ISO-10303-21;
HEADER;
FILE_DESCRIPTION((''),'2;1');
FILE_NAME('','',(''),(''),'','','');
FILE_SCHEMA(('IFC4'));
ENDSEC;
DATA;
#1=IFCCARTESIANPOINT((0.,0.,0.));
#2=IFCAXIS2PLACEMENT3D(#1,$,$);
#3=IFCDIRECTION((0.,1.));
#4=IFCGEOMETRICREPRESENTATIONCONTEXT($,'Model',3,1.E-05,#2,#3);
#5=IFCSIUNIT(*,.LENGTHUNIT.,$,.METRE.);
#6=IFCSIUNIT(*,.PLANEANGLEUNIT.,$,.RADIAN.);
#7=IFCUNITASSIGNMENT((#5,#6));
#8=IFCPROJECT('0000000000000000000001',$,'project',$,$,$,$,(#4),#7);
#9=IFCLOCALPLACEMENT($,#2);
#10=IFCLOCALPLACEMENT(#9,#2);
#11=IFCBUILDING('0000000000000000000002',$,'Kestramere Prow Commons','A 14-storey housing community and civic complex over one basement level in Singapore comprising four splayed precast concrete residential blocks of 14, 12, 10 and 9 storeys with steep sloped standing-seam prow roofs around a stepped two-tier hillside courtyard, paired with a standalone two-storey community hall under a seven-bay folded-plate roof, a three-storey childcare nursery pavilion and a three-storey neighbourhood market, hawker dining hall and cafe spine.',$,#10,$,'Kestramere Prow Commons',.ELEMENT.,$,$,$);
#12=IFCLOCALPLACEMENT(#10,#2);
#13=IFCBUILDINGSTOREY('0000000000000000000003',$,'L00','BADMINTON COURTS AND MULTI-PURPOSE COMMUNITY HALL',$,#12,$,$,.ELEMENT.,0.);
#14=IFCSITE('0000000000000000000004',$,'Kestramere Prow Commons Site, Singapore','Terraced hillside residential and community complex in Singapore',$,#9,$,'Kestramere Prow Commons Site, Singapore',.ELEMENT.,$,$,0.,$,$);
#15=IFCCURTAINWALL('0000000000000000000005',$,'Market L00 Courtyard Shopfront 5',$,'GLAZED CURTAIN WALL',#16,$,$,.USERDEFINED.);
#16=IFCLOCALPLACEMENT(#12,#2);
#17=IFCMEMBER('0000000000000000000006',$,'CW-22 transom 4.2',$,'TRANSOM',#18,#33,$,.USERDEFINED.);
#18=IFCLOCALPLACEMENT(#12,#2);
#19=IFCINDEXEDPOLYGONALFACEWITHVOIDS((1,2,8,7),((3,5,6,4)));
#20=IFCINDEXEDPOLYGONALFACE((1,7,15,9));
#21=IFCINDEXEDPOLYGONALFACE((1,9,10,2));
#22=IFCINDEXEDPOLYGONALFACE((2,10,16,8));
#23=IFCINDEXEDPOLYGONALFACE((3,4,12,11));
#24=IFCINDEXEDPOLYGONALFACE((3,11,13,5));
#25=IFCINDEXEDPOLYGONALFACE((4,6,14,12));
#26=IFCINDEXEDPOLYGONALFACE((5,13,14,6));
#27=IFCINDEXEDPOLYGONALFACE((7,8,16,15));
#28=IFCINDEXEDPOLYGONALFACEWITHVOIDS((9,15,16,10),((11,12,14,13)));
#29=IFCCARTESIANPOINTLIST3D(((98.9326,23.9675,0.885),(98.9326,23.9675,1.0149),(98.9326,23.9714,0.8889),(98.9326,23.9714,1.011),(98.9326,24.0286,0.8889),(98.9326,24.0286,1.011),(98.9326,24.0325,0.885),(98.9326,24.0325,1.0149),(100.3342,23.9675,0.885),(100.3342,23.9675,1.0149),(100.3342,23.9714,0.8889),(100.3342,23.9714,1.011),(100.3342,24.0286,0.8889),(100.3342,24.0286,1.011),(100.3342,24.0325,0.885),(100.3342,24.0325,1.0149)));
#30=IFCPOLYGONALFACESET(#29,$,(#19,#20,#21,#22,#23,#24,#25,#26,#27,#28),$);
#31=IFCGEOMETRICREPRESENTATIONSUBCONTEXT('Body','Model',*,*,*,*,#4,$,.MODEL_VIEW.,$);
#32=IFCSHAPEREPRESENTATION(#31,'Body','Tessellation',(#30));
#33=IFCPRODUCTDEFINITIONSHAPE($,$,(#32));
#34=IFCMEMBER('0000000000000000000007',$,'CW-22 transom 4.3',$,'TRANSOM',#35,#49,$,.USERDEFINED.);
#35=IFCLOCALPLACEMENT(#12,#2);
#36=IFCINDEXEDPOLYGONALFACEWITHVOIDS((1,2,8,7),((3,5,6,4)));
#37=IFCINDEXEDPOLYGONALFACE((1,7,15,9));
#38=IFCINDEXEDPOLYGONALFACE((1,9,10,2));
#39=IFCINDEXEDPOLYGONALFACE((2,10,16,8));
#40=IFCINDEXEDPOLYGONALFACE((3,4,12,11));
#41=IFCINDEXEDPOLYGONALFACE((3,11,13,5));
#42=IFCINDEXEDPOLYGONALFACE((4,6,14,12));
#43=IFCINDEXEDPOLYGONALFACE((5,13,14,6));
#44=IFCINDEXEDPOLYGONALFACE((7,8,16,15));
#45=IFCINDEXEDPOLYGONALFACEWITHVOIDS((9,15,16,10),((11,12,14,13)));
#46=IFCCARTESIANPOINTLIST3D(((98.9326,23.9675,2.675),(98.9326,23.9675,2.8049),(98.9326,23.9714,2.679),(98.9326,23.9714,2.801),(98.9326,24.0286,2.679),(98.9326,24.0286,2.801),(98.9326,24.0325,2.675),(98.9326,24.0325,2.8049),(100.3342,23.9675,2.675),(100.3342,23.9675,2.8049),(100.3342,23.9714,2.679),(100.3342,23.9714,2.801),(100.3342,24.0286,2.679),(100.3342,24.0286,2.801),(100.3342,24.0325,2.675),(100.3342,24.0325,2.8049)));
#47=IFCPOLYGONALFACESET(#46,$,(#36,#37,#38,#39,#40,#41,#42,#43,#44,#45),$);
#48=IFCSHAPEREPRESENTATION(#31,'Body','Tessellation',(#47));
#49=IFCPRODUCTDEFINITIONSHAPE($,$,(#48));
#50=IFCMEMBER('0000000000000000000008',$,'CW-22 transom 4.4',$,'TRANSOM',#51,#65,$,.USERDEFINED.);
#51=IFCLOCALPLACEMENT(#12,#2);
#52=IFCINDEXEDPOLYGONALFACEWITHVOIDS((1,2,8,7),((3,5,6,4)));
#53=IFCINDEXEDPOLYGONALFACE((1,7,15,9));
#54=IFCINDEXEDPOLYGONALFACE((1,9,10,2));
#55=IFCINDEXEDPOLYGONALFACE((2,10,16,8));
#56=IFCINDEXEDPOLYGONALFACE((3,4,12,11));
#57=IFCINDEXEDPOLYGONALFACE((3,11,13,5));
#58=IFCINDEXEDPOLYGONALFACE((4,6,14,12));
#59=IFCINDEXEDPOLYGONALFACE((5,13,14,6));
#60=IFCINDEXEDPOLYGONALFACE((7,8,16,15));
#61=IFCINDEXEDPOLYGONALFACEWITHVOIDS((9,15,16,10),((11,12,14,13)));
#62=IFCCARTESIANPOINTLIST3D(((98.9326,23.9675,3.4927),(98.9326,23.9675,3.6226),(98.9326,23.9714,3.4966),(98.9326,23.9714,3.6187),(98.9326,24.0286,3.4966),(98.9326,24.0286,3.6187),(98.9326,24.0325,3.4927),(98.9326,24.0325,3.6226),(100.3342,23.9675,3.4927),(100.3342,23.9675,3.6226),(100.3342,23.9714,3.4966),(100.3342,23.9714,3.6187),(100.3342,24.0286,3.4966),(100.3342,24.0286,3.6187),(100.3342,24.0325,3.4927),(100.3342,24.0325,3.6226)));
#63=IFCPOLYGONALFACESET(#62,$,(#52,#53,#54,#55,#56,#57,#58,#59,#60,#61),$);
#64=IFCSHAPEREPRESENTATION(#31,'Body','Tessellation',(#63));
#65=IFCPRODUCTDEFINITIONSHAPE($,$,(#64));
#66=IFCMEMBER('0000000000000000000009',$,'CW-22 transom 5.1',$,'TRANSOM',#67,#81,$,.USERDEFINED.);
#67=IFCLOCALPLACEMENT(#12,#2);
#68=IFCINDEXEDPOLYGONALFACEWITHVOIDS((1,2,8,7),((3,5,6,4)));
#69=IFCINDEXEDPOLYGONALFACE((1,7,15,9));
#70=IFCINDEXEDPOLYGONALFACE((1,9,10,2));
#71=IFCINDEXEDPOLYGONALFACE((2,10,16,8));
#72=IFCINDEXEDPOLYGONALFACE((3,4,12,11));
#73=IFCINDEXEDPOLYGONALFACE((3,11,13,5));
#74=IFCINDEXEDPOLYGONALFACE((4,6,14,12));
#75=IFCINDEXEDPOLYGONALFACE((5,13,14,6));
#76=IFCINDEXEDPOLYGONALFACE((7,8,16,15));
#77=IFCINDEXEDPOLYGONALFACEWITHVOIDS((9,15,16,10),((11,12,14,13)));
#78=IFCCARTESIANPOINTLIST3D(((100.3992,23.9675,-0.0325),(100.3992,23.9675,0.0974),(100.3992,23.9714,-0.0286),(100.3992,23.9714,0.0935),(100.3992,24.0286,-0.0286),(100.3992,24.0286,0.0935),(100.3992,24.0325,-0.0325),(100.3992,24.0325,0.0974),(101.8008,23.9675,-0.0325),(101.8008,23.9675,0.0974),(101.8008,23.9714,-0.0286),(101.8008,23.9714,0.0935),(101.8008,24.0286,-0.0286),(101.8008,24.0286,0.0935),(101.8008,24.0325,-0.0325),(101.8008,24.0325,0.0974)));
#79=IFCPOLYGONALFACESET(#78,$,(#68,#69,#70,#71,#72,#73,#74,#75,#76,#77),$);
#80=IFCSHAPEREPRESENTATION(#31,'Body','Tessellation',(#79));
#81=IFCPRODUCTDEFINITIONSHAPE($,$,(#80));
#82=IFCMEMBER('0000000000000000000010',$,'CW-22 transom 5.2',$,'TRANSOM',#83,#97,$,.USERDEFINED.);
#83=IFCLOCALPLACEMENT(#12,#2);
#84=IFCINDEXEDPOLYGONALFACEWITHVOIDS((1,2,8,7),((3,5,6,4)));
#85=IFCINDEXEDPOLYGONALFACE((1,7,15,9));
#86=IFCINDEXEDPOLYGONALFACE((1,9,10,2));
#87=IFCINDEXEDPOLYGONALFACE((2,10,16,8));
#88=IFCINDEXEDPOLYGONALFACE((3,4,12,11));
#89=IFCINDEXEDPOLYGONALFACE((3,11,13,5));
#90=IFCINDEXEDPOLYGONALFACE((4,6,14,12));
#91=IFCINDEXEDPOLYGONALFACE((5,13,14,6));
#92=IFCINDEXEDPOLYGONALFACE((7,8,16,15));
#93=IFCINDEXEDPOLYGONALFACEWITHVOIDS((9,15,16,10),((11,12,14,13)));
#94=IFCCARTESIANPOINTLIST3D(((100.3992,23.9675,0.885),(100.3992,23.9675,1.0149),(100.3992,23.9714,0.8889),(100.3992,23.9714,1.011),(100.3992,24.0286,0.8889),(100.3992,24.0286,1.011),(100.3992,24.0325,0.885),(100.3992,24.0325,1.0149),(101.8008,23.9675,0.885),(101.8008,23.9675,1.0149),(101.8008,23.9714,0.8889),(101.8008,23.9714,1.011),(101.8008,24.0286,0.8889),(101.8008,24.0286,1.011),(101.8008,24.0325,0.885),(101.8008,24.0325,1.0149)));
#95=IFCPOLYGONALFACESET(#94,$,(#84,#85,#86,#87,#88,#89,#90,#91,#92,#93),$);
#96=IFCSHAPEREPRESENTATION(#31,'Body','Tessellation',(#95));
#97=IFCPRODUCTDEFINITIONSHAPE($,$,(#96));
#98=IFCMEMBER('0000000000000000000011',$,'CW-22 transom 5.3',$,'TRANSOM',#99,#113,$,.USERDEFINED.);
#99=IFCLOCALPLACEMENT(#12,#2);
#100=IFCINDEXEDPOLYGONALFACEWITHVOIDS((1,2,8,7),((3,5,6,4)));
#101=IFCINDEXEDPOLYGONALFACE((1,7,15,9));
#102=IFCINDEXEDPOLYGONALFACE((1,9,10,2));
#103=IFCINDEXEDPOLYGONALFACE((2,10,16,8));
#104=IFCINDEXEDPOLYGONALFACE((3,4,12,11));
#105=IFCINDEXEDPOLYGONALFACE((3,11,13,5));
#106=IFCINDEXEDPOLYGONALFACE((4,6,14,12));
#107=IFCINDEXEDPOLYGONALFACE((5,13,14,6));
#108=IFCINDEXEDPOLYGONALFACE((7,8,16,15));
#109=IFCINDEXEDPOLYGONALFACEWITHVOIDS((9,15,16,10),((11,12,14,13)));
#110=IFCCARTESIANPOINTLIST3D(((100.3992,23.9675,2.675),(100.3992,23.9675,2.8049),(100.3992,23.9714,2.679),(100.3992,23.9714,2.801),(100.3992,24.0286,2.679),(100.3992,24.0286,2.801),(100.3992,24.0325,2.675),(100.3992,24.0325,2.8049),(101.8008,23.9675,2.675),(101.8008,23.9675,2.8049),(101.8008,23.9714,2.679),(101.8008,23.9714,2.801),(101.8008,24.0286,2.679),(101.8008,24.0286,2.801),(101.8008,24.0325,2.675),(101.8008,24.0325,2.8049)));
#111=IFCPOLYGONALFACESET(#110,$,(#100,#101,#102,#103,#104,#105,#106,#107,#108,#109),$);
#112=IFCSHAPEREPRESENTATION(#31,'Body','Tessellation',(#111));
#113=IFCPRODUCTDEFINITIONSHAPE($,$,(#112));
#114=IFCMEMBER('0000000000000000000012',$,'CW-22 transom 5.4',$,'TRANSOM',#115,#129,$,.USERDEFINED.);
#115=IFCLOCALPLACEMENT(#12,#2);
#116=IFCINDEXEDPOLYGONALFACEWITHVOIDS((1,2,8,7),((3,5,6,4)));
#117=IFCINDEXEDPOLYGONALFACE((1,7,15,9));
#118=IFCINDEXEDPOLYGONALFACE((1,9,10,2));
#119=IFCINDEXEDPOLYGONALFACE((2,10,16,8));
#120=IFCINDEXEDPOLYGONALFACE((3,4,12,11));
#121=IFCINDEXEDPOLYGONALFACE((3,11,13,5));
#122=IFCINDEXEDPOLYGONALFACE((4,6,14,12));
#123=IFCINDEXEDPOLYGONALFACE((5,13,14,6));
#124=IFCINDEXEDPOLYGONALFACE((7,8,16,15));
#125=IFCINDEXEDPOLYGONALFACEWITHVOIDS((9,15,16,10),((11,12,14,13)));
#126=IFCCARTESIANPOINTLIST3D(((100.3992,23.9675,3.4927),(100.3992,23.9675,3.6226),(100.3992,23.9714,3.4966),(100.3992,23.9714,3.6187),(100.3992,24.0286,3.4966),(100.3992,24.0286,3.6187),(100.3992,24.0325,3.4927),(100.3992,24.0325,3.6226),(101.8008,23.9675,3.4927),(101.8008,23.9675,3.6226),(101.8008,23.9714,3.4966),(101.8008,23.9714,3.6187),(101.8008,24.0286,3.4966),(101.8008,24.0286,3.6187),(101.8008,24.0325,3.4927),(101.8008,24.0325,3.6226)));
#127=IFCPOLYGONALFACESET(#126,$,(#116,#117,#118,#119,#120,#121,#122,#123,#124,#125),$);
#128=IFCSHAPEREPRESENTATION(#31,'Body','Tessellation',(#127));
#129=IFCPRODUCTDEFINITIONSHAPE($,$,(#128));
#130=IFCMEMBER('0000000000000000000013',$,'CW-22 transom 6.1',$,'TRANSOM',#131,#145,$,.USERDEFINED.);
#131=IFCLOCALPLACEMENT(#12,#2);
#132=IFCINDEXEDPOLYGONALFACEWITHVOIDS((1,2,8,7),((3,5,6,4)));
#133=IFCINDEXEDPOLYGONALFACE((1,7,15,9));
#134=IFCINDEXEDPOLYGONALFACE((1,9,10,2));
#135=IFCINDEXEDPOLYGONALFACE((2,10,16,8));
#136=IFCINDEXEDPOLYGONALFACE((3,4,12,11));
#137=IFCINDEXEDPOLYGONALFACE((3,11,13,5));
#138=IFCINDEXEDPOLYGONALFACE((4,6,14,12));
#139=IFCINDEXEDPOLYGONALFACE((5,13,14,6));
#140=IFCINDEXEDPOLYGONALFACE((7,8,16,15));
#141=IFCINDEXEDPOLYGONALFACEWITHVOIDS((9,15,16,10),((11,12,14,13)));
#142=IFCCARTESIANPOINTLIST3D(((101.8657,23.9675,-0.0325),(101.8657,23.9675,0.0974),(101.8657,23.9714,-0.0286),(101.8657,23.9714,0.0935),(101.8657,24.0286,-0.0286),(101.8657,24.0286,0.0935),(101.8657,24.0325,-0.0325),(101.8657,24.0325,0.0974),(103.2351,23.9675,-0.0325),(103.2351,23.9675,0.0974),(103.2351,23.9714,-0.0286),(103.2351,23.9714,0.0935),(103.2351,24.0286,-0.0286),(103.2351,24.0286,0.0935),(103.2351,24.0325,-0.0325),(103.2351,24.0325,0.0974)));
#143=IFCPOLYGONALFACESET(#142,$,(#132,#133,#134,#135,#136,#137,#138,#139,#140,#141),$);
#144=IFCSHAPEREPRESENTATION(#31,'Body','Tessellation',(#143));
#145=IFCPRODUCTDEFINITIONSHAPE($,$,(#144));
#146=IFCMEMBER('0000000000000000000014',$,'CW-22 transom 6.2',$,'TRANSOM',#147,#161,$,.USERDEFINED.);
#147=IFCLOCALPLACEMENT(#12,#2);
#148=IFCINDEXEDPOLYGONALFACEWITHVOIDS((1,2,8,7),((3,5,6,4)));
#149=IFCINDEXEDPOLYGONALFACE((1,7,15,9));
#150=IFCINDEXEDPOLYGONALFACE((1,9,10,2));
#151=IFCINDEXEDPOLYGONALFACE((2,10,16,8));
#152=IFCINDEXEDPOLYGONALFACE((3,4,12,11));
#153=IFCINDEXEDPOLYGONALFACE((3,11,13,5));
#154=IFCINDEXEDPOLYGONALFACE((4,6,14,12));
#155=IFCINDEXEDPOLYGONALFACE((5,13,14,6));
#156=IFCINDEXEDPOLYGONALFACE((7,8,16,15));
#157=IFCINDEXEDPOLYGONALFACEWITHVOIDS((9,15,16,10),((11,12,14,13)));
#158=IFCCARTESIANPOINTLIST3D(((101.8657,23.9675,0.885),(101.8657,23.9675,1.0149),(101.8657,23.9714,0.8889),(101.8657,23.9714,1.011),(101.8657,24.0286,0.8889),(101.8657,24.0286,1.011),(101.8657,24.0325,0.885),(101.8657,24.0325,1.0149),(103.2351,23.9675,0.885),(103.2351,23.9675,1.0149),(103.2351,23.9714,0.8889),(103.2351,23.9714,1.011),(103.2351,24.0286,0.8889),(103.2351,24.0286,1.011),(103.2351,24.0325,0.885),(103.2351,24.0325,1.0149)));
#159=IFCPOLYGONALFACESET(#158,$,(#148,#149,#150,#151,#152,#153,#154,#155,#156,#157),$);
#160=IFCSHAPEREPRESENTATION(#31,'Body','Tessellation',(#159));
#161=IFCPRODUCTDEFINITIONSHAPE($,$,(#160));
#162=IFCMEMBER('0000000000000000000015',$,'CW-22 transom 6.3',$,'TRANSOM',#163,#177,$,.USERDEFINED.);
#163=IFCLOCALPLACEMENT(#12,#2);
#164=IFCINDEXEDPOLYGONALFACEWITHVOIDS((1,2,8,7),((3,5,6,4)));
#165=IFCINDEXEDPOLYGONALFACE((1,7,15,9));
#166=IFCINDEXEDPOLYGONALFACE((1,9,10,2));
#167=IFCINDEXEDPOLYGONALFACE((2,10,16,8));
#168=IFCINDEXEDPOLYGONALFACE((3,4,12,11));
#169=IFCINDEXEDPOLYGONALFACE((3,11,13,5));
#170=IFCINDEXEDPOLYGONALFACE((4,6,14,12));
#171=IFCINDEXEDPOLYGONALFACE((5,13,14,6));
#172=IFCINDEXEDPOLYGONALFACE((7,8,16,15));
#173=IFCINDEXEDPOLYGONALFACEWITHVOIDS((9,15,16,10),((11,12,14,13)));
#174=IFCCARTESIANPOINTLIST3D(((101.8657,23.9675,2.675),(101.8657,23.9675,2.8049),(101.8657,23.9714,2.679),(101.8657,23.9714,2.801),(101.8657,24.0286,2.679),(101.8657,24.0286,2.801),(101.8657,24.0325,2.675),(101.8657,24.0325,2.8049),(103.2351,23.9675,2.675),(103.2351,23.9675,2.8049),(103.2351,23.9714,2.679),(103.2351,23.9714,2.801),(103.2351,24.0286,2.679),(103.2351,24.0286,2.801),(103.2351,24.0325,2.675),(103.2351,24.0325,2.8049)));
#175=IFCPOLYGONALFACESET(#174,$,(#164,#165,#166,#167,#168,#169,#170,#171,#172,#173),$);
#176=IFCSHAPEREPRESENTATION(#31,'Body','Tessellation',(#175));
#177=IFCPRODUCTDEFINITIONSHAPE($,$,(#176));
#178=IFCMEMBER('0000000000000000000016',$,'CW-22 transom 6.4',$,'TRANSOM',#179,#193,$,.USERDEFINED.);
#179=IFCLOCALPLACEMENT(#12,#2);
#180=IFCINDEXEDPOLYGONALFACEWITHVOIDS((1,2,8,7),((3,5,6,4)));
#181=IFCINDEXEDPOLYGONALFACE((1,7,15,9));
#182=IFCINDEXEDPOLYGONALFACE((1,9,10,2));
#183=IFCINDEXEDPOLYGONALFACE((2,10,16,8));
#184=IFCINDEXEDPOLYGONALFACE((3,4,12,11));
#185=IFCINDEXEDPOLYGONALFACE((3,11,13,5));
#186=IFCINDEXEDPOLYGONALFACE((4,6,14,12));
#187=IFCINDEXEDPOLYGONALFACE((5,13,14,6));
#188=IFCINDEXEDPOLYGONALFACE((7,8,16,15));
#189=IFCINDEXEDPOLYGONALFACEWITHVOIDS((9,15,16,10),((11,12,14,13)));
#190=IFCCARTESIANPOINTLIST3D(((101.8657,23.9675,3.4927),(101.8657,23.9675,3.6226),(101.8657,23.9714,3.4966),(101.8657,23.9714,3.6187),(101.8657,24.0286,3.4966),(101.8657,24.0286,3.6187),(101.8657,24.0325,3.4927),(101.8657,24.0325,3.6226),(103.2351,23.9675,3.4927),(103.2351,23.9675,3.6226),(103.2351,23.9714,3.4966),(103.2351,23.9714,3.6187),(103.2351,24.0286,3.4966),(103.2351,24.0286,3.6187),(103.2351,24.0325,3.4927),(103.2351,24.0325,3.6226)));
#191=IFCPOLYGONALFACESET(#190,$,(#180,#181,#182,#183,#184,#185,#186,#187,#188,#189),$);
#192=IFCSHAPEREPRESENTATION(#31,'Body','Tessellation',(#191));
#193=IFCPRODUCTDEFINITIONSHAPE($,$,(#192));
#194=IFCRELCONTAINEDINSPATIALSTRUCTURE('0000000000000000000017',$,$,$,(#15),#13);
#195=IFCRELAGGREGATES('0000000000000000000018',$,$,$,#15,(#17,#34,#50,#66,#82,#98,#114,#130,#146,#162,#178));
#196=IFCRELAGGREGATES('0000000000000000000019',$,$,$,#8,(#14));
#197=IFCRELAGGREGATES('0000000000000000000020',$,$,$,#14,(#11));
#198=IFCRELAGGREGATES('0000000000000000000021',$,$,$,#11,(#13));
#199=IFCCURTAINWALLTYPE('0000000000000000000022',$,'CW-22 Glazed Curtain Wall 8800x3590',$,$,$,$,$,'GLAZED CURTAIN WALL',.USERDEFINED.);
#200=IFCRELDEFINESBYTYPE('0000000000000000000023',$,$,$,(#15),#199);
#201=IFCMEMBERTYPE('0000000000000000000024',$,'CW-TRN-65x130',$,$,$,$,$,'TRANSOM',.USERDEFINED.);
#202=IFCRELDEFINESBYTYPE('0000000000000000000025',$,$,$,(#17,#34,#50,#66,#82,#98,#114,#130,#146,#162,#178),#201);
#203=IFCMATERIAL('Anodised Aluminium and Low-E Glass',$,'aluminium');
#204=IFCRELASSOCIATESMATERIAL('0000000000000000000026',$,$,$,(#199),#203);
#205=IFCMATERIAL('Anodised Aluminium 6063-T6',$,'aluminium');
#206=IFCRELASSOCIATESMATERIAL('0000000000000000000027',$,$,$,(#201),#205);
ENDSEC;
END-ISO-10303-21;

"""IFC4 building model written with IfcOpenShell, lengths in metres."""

from ifc_helpers import new_model, si_unit, direction, frame, origin, origin_2d, place, context, subcontext, project, spatial, hollow_rectangle, extrude, material, material_profile, profile_set, type_object, element, aggregate, save


model = new_model("IFC4")

# Units and contexts
model_context = context("Model", 3, precision=1e-05, world=origin(), true_north=direction((0.0, 1.0)))
body_context = subcontext(model_context, "Body", "Model", "MODEL_VIEW")
ifc_project = project(units=[si_unit("LENGTHUNIT", "METRE"), si_unit("PLANEANGLEUNIT", "RADIAN")], contexts=[model_context])

# Site, building, storey
site_placement = place(None, origin())
site = spatial("IfcSite", under=ifc_project, at=site_placement, Name="Kestramere Prow Commons Site, Singapore", Description="Terraced hillside residential and community complex in Singapore", LongName="Kestramere Prow Commons Site, Singapore", CompositionType="ELEMENT", RefElevation=0.0)
building_placement = place(site_placement, origin())
building = spatial("IfcBuilding", under=site, at=building_placement, Name="Kestramere Prow Commons", Description="A 14-storey housing community and civic complex over one basement level in Singapore comprising four splayed precast concrete residential blocks of 14, 12, 10 and 9 storeys with steep sloped standing-seam prow roofs around a stepped two-tier hillside courtyard, paired with a standalone two-storey community hall under a seven-bay folded-plate roof, a three-storey childcare nursery pavilion and a three-storey neighbourhood market, hawker dining hall and cafe spine.", LongName="Kestramere Prow Commons", CompositionType="ELEMENT")
storey_placement = place(building_placement, origin())
storey = spatial("IfcBuildingStorey", under=building, at=storey_placement, Name="L00", Description="BADMINTON COURTS AND MULTI-PURPOSE COMMUNITY HALL", CompositionType="ELEMENT", Elevation=0.0)

# Curtain wall, members
ifc_material_1 = material(Name="Anodised Aluminium and Low-E Glass", Category="aluminium")
curtain_wall_type = type_object("IfcCurtainWallType", Name="CW-22 Glazed Curtain Wall 8800x3590", ElementType="GLAZED CURTAIN WALL", PredefinedType="USERDEFINED", material=ifc_material_1)
curtain_wall_placement = place(storey_placement, origin())
curtain_wall = element("IfcCurtainWall", 1, at=curtain_wall_placement, inside=storey, type_object=curtain_wall_type, Name="Market L00 Courtyard Shopfront 5", ObjectType="GLAZED CURTAIN WALL", PredefinedType="USERDEFINED")
ifc_material_2 = material(Name="Anodised Aluminium 6063-T6", Category="aluminium")
ifc_material_profile_1 = material_profile(ifc_material_2, hollow_rectangle(XDim=0.0649, YDim=0.1299, WallThickness=0.0039, at=origin_2d()), Name="ALU-TRN 65x130")
ifc_profile_set_1 = profile_set([ifc_material_profile_1], Name="Anodised Aluminium 6063-T6")
member_type_1 = type_object("IfcMemberType", Name="CW-TRN-65x130", ElementType="TRANSOM", PredefinedType="USERDEFINED", material=ifc_profile_set_1)
member_1_placement = place(storey_placement, frame((98.9326, 24.0, 0.95), z_axis=(1.0, 0.0, 0.0), x_axis=(0.0, 1.0, 0.0)))
member_1 = element("IfcMember", 2, at=member_1_placement, type_object=member_type_1, Name="CW-22 transom 4.2", ObjectType="TRANSOM", PredefinedType="USERDEFINED", context=body_context, shape_type="SweptSolid", body=[
    extrude(hollow_rectangle(XDim=0.0649, YDim=0.1299, WallThickness=0.0039, at=origin_2d()), origin(), (0.0, 0.0, 1.0), 1.4016),
])
member_2_placement = place(storey_placement, frame((98.9326, 24.0, 2.74), z_axis=(1.0, 0.0, 0.0), x_axis=(0.0, 1.0, 0.0)))
member_2 = element("IfcMember", 3, at=member_2_placement, type_object=member_type_1, Name="CW-22 transom 4.3", ObjectType="TRANSOM", PredefinedType="USERDEFINED", context=body_context, shape_type="SweptSolid", body=[
    extrude(hollow_rectangle(XDim=0.0649, YDim=0.1299, WallThickness=0.0039, at=origin_2d()), origin(), (0.0, 0.0, 1.0), 1.4016),
])
member_3_placement = place(storey_placement, frame((98.9326, 24.0, 3.5576), z_axis=(1.0, 0.0, 0.0), x_axis=(0.0, 1.0, 0.0)))
member_3 = element("IfcMember", 4, at=member_3_placement, type_object=member_type_1, Name="CW-22 transom 4.4", ObjectType="TRANSOM", PredefinedType="USERDEFINED", context=body_context, shape_type="SweptSolid", body=[
    extrude(hollow_rectangle(XDim=0.0649, YDim=0.1299, WallThickness=0.0039, at=origin_2d()), origin(), (0.0, 0.0, 1.0), 1.4016),
])
member_4_placement = place(storey_placement, frame((100.3992, 24.0, 0.0325), z_axis=(1.0, 0.0, 0.0), x_axis=(0.0, 1.0, 0.0)))
member_4 = element("IfcMember", 5, at=member_4_placement, type_object=member_type_1, Name="CW-22 transom 5.1", ObjectType="TRANSOM", PredefinedType="USERDEFINED", context=body_context, shape_type="SweptSolid", body=[
    extrude(hollow_rectangle(XDim=0.0649, YDim=0.1299, WallThickness=0.0039, at=origin_2d()), origin(), (0.0, 0.0, 1.0), 1.4016),
])
member_5_placement = place(storey_placement, frame((100.3992, 24.0, 0.95), z_axis=(1.0, 0.0, 0.0), x_axis=(0.0, 1.0, 0.0)))
member_5 = element("IfcMember", 6, at=member_5_placement, type_object=member_type_1, Name="CW-22 transom 5.2", ObjectType="TRANSOM", PredefinedType="USERDEFINED", context=body_context, shape_type="SweptSolid", body=[
    extrude(hollow_rectangle(XDim=0.0649, YDim=0.1299, WallThickness=0.0039, at=origin_2d()), origin(), (0.0, 0.0, 1.0), 1.4016),
])
member_6_placement = place(storey_placement, frame((100.3992, 24.0, 2.74), z_axis=(1.0, 0.0, 0.0), x_axis=(0.0, 1.0, 0.0)))
member_6 = element("IfcMember", 7, at=member_6_placement, type_object=member_type_1, Name="CW-22 transom 5.3", ObjectType="TRANSOM", PredefinedType="USERDEFINED", context=body_context, shape_type="SweptSolid", body=[
    extrude(hollow_rectangle(XDim=0.0649, YDim=0.1299, WallThickness=0.0039, at=origin_2d()), origin(), (0.0, 0.0, 1.0), 1.4016),
])
member_7_placement = place(storey_placement, frame((100.3992, 24.0, 3.5576), z_axis=(1.0, 0.0, 0.0), x_axis=(0.0, 1.0, 0.0)))
member_7 = element("IfcMember", 8, at=member_7_placement, type_object=member_type_1, Name="CW-22 transom 5.4", ObjectType="TRANSOM", PredefinedType="USERDEFINED", context=body_context, shape_type="SweptSolid", body=[
    extrude(hollow_rectangle(XDim=0.0649, YDim=0.1299, WallThickness=0.0039, at=origin_2d()), origin(), (0.0, 0.0, 1.0), 1.4016),
])
member_8_placement = place(storey_placement, frame((101.8657, 24.0, 0.0325), z_axis=(1.0, 0.0, 0.0), x_axis=(0.0, 1.0, 0.0)))
member_8 = element("IfcMember", 9, at=member_8_placement, type_object=member_type_1, Name="CW-22 transom 6.1", ObjectType="TRANSOM", PredefinedType="USERDEFINED", context=body_context, shape_type="SweptSolid", body=[
    extrude(hollow_rectangle(XDim=0.0649, YDim=0.1299, WallThickness=0.0039, at=origin_2d()), origin(), (0.0, 0.0, 1.0), 1.3694),
])
member_9_placement = place(storey_placement, frame((101.8657, 24.0, 0.95), z_axis=(1.0, 0.0, 0.0), x_axis=(0.0, 1.0, 0.0)))
member_9 = element("IfcMember", 10, at=member_9_placement, type_object=member_type_1, Name="CW-22 transom 6.2", ObjectType="TRANSOM", PredefinedType="USERDEFINED", context=body_context, shape_type="SweptSolid", body=[
    extrude(hollow_rectangle(XDim=0.0649, YDim=0.1299, WallThickness=0.0039, at=origin_2d()), origin(), (0.0, 0.0, 1.0), 1.3694),
])
member_10_placement = place(storey_placement, frame((101.8657, 24.0, 2.74), z_axis=(1.0, 0.0, 0.0), x_axis=(0.0, 1.0, 0.0)))
member_10 = element("IfcMember", 11, at=member_10_placement, type_object=member_type_1, Name="CW-22 transom 6.3", ObjectType="TRANSOM", PredefinedType="USERDEFINED", context=body_context, shape_type="SweptSolid", body=[
    extrude(hollow_rectangle(XDim=0.0649, YDim=0.1299, WallThickness=0.0039, at=origin_2d()), origin(), (0.0, 0.0, 1.0), 1.3694),
])
member_11_placement = place(storey_placement, frame((101.8657, 24.0, 3.5576), z_axis=(1.0, 0.0, 0.0), x_axis=(0.0, 1.0, 0.0)))
member_11 = element("IfcMember", 12, at=member_11_placement, type_object=member_type_1, Name="CW-22 transom 6.4", ObjectType="TRANSOM", PredefinedType="USERDEFINED", context=body_context, shape_type="SweptSolid", body=[
    extrude(hollow_rectangle(XDim=0.0649, YDim=0.1299, WallThickness=0.0039, at=origin_2d()), origin(), (0.0, 0.0, 1.0), 1.3694),
])

aggregate(curtain_wall, [member_1, member_2, member_3, member_4, member_5, member_6, member_7, member_8, member_9, member_10, member_11])

save(model, "model.ifc")
